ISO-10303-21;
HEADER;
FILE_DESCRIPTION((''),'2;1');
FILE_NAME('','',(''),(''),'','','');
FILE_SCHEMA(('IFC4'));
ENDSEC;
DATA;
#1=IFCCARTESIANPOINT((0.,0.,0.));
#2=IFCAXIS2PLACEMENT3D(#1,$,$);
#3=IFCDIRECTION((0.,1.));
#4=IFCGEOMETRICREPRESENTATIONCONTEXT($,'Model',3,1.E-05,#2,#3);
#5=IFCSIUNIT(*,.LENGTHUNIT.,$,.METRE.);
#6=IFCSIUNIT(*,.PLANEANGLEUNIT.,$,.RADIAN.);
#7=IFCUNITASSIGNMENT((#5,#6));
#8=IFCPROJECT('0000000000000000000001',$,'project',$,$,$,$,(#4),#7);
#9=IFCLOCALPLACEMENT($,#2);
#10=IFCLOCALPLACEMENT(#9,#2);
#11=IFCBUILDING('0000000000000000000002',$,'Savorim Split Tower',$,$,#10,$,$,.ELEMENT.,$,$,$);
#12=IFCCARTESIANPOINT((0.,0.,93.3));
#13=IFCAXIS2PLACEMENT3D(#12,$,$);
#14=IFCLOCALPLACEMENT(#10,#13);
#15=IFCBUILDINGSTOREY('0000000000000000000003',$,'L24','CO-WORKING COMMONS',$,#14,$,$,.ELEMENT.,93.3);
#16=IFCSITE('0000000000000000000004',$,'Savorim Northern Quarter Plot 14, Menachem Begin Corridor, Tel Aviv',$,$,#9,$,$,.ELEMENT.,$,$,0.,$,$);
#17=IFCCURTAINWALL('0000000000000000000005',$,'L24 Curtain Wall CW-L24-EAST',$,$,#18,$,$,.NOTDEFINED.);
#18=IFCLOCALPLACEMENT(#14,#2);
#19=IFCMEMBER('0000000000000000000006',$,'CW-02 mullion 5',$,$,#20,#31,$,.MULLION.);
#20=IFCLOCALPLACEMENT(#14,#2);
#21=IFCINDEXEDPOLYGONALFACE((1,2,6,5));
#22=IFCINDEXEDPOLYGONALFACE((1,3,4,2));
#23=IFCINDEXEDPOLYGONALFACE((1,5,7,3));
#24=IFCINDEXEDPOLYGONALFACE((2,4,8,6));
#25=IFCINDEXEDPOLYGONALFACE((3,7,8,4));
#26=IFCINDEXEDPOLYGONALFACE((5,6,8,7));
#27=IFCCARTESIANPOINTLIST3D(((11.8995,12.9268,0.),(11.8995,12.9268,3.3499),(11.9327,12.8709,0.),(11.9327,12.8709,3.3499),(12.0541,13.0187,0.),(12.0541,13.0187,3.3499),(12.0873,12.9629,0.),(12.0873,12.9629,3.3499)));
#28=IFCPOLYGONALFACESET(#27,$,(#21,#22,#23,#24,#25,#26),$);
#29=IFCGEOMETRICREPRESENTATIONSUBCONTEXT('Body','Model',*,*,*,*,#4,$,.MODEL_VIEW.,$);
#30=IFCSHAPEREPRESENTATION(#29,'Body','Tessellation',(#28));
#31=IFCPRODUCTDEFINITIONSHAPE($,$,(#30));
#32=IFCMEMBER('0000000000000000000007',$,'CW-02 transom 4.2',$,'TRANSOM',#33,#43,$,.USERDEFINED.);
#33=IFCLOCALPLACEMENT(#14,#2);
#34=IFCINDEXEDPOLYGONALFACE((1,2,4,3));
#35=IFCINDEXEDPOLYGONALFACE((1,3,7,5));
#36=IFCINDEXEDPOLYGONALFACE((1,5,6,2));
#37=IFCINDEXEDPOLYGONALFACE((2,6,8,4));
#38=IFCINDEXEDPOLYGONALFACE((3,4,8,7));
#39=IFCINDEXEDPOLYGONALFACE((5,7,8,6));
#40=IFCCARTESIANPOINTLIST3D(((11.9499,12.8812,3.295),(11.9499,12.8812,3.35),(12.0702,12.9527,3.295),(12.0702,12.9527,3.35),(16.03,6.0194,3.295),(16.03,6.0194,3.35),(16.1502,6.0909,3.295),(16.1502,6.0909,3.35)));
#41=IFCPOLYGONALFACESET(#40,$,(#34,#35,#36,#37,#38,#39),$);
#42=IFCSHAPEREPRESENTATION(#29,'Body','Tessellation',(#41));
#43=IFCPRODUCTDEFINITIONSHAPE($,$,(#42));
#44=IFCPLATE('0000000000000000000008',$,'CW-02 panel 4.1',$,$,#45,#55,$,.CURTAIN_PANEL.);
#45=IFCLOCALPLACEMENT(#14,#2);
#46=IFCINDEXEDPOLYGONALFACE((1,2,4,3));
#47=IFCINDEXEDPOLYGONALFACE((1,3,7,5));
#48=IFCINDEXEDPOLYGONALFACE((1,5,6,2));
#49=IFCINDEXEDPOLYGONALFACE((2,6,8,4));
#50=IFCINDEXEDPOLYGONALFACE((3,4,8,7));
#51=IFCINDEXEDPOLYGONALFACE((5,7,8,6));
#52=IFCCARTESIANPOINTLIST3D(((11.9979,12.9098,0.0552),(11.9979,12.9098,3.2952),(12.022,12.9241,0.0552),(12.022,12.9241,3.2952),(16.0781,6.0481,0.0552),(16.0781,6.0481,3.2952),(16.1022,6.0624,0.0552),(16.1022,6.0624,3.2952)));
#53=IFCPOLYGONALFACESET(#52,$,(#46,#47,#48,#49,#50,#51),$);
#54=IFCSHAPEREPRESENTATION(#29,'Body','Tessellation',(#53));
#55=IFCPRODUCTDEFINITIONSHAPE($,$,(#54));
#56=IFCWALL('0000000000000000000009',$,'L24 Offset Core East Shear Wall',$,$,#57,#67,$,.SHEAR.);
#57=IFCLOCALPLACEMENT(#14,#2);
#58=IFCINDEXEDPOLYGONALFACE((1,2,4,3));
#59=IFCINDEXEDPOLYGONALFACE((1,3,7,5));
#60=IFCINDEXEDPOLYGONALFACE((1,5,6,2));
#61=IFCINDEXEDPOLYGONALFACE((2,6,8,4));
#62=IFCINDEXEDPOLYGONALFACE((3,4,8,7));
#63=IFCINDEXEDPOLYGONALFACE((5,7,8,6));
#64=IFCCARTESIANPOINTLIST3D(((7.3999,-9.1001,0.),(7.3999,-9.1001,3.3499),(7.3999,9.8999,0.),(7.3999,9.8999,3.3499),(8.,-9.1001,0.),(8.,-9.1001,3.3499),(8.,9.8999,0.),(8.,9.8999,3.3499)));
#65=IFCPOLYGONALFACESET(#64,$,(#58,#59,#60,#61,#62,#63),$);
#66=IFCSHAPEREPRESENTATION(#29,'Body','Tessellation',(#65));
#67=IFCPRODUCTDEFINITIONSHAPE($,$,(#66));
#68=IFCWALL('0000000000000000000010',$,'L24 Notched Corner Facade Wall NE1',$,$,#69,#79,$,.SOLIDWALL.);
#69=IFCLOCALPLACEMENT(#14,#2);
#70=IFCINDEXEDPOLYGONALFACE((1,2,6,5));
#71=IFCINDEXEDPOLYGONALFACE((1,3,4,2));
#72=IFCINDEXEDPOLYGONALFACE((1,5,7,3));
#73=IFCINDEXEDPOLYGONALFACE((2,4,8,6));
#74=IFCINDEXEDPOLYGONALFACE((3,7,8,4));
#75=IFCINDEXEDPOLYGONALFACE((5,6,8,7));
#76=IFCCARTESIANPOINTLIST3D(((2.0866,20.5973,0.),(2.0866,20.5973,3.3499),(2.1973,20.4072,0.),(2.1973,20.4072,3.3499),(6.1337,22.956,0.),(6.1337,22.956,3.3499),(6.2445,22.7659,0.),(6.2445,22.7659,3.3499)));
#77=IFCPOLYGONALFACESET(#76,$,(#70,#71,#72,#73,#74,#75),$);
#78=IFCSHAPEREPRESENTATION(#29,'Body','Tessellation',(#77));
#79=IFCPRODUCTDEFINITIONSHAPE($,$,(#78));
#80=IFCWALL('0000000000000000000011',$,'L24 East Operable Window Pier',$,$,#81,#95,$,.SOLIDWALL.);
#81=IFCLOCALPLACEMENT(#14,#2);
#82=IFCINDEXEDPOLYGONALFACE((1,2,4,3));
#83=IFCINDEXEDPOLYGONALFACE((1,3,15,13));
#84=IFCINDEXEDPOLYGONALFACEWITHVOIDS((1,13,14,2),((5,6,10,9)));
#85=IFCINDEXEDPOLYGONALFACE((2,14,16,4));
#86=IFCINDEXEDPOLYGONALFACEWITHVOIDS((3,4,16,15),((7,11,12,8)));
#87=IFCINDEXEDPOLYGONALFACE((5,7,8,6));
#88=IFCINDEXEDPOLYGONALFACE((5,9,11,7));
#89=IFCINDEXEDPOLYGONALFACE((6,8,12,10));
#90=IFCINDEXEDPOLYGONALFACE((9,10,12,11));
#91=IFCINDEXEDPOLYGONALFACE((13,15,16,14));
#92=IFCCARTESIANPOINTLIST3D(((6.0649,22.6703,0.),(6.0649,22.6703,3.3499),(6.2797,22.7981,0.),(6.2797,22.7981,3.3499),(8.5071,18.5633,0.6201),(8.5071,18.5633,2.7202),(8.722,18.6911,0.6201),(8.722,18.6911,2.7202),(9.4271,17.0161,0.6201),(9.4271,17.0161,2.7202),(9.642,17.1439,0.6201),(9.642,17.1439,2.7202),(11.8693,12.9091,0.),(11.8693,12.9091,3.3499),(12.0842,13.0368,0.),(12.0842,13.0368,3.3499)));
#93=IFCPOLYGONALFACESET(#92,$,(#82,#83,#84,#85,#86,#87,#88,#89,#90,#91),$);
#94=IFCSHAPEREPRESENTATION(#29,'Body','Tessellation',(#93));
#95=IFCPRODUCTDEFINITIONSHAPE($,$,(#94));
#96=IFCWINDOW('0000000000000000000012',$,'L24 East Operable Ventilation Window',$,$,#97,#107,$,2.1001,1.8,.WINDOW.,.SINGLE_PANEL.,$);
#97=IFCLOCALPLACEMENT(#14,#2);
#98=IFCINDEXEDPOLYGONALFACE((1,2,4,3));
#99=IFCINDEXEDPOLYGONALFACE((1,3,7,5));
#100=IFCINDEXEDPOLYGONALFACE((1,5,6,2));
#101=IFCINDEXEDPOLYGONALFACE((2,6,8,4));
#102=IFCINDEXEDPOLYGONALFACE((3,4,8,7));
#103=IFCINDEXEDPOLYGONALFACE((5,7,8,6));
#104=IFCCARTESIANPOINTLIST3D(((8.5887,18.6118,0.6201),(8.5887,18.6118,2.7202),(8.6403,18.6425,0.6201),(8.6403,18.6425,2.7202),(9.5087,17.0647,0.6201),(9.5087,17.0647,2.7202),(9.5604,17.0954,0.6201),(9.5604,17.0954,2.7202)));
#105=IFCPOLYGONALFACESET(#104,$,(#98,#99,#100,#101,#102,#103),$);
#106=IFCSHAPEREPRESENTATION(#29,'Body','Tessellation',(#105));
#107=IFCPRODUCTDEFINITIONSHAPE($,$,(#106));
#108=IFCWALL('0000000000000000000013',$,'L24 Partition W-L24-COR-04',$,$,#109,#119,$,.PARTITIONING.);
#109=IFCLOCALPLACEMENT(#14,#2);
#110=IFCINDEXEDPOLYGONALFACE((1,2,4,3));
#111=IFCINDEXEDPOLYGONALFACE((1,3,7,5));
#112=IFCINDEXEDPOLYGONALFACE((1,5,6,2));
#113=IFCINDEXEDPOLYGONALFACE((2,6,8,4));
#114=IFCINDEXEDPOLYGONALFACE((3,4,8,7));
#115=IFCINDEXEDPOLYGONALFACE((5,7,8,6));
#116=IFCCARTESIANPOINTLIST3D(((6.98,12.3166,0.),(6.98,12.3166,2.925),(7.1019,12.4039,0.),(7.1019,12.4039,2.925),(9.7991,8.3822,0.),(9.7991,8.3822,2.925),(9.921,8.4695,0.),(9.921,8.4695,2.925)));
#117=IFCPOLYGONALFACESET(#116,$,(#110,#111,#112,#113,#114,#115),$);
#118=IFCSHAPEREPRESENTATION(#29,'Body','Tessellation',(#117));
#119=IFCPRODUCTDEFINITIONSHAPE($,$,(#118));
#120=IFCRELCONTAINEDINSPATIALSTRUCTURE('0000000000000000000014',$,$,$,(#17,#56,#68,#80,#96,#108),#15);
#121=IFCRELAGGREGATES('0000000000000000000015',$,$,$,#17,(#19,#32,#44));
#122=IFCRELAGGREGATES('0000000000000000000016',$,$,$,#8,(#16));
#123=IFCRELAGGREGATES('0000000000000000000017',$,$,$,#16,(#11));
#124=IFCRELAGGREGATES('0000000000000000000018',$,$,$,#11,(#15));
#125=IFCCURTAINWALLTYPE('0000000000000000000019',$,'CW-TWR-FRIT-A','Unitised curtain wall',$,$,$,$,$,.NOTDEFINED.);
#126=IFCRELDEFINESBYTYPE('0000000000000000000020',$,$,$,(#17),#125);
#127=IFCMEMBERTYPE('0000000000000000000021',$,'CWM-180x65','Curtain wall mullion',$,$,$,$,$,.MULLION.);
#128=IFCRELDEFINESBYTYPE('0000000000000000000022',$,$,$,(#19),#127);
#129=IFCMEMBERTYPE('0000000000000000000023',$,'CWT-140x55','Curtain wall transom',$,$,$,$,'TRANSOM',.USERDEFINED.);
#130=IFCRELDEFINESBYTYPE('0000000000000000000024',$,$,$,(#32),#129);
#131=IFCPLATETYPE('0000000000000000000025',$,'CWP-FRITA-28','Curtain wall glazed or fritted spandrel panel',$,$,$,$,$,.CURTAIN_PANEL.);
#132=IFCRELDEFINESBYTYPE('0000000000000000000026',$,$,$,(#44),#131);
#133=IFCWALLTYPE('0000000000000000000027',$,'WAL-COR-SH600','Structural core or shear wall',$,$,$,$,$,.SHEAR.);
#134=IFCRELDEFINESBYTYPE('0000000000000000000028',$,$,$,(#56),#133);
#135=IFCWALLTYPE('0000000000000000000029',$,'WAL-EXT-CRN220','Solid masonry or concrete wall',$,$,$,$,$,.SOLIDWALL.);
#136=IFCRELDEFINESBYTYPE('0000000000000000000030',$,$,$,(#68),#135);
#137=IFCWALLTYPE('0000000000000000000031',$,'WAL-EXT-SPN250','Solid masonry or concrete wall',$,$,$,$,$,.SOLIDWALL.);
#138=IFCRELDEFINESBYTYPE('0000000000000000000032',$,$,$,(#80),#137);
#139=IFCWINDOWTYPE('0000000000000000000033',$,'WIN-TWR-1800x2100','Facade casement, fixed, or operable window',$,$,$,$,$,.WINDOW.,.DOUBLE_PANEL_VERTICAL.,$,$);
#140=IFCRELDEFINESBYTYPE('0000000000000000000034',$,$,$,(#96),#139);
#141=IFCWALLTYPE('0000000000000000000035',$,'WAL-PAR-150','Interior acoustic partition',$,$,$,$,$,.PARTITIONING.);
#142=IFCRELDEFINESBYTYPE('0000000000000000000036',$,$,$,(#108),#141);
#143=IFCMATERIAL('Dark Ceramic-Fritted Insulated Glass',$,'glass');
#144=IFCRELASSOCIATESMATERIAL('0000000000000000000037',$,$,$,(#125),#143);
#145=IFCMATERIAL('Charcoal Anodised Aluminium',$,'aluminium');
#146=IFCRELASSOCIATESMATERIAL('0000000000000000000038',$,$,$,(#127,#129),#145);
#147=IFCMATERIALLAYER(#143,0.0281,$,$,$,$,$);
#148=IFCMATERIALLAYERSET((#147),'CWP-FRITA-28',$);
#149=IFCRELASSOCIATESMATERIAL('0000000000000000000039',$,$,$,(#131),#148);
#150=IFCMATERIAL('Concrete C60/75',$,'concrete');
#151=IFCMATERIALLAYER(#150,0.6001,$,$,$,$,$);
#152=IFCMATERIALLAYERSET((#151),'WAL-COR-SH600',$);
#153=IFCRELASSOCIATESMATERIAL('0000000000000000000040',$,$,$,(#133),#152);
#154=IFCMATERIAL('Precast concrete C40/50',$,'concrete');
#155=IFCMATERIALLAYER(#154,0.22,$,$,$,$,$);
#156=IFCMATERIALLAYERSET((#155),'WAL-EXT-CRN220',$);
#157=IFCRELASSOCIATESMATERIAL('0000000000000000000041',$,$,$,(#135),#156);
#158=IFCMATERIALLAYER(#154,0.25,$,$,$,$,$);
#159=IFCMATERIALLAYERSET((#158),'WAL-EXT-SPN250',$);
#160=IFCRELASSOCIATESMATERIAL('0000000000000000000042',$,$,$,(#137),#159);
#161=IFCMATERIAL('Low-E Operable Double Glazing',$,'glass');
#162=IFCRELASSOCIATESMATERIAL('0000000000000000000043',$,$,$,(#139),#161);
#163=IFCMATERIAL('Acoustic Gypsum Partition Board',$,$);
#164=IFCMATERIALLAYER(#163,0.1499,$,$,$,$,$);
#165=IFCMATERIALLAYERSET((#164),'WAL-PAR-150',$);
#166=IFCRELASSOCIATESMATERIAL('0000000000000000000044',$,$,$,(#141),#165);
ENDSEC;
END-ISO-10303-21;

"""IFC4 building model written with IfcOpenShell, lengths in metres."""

from ifc_helpers import new_model, si_unit, direction, frame, frame_2d, origin, origin_2d, place, context, subcontext, project, spatial, rectangle, extrude, material, layer, layer_set, material_profile, profile_set, type_object, element, fill, aggregate, save


model = new_model("IFC4")

# Units and contexts
model_context = context("Model", 3, precision=1e-05, world=origin(), true_north=direction((0.0, 1.0)))
body_context = subcontext(model_context, "Body", "Model", "MODEL_VIEW")
ifc_project = project(units=[si_unit("LENGTHUNIT", "METRE"), si_unit("PLANEANGLEUNIT", "RADIAN")], contexts=[model_context])

# Site, building, storey
site_placement = place(None, origin())
site = spatial("IfcSite", under=ifc_project, at=site_placement, Name="Savorim Northern Quarter Plot 14, Menachem Begin Corridor, Tel Aviv", CompositionType="ELEMENT", RefElevation=0.0)
building_placement = place(site_placement, origin())
building = spatial("IfcBuilding", under=site, at=building_placement, Name="Savorim Split Tower", CompositionType="ELEMENT")
storey_placement = place(building_placement, frame((0.0, 0.0, 93.3)))
storey = spatial("IfcBuildingStorey", under=building, at=storey_placement, Name="L24", Description="CO-WORKING COMMONS", CompositionType="ELEMENT", Elevation=93.3)

# Curtain wall, members, plate
ifc_material_1 = material(Name="Dark Ceramic-Fritted Insulated Glass", Category="glass")
curtain_wall_type = type_object("IfcCurtainWallType", Name="CW-TWR-FRIT-A", Description="Unitised curtain wall", PredefinedType="NOTDEFINED", material=ifc_material_1)
curtain_wall_placement = place(storey_placement, origin())
curtain_wall = element("IfcCurtainWall", 1, at=curtain_wall_placement, inside=storey, type_object=curtain_wall_type, Name="L24 Curtain Wall CW-L24-EAST", PredefinedType="NOTDEFINED")
ifc_material_2 = material(Name="Charcoal Anodised Aluminium", Category="aluminium")
ifc_material_profile_1 = material_profile(ifc_material_2, rectangle(XDim=0.1799, YDim=0.0649, at=origin_2d()), Name="ALU-M 180x65")
ifc_profile_set_1 = profile_set([ifc_material_profile_1], Name="Charcoal Anodised Aluminium")
member_type_1 = type_object("IfcMemberType", Name="CWM-180x65", Description="Curtain wall mullion", PredefinedType="MULLION", material=ifc_profile_set_1)
member_1_placement = place(storey_placement, frame((11.9934, 12.9448, 0.0), z_axis=(0.0, 0.0, 1.0), x_axis=(-0.859525, -0.511094, 0.0)))
member_1 = element("IfcMember", 2, at=member_1_placement, type_object=member_type_1, Name="CW-02 mullion 5", PredefinedType="MULLION", context=body_context, shape_type="SweptSolid", body=[
    extrude(rectangle(XDim=0.1799, YDim=0.0649, at=origin_2d()), origin(), (0.0, 0.0, 1.0), 3.3499),
])
ifc_material_profile_2 = material_profile(ifc_material_2, rectangle(XDim=0.1399, YDim=0.0549, at=origin_2d()), Name="ALU-T 140x55")
ifc_profile_set_2 = profile_set([ifc_material_profile_2], Name="Charcoal Anodised Aluminium")
member_type_2 = type_object("IfcMemberType", Name="CWT-140x55", Description="Curtain wall transom", ElementType="TRANSOM", PredefinedType="USERDEFINED", material=ifc_profile_set_2)
member_2_placement = place(storey_placement, frame((16.0901, 6.0552, 3.3225), z_axis=(-0.511083, 0.859532, 0.0), x_axis=(-0.859532, -0.511083, 0.0)))
member_2 = element("IfcMember", 3, at=member_2_placement, type_object=member_type_2, Name="CW-02 transom 4.2", ObjectType="TRANSOM", PredefinedType="USERDEFINED", context=body_context, shape_type="SweptSolid", body=[
    extrude(rectangle(XDim=0.1399, YDim=0.0549, at=origin_2d()), origin(), (0.0, 0.0, 1.0), 7.9832),
])
ifc_layer_1 = layer(ifc_material_1, 0.0281)
ifc_layer_set_1 = layer_set([ifc_layer_1], Name="CWP-FRITA-28")
plate_type = type_object("IfcPlateType", Name="CWP-FRITA-28", Description="Curtain wall glazed or fritted spandrel panel", PredefinedType="CURTAIN_PANEL", material=ifc_layer_set_1)
plate_placement = place(storey_placement, frame((14.05, 9.4861, 0.0552), z_axis=(0.0, 0.0, 1.0), x_axis=(-0.511094, 0.859525, 0.0)))
plate = element("IfcPlate", 4, at=plate_placement, type_object=plate_type, Name="CW-02 panel 4.1", PredefinedType="CURTAIN_PANEL", context=body_context, shape_type="SweptSolid", body=[
    extrude(rectangle(XDim=7.9832, YDim=0.0281, at=origin_2d()), origin(), (0.0, 0.0, 1.0), 3.24),
])
aggregate(curtain_wall, [member_1, member_2, plate])

# Shared definitions
ifc_material_3 = material(Name="Concrete C60/75", Category="concrete")
ifc_layer_2 = layer(ifc_material_3, 0.6001)
ifc_layer_set_2 = layer_set([ifc_layer_2], Name="WAL-COR-SH600")
wall_type_1 = type_object("IfcWallType", Name="WAL-COR-SH600", Description="Structural core or shear wall", PredefinedType="SHEAR", material=ifc_layer_set_2)

# Walls
wall_1_placement = place(storey_placement, frame((7.7, 9.8999, 0.0), z_axis=(0.0, 0.0, 1.0), x_axis=(0.0, -1.0, 0.0)))
element("IfcWall", 5, at=wall_1_placement, inside=storey, type_object=wall_type_1, Name="L24 Offset Core East Shear Wall", PredefinedType="SHEAR", context=body_context, shape_type="SweptSolid", body=[
    extrude(rectangle(XDim=19.0, YDim=0.6001, at=frame_2d((9.5, 0.0))), origin(), (0.0, 0.0, 1.0), 3.3499),
])
ifc_material_4 = material(Name="Precast concrete C40/50", Category="concrete")
ifc_layer_3 = layer(ifc_material_4, 0.22)
ifc_layer_set_3 = layer_set([ifc_layer_3], Name="WAL-EXT-CRN220")
wall_type_2 = type_object("IfcWallType", Name="WAL-EXT-CRN220", Description="Solid masonry or concrete wall", PredefinedType="SOLIDWALL", material=ifc_layer_set_3)
wall_2_placement = place(storey_placement, frame((2.1418, 20.5022, 0.0), z_axis=(0.0, 0.0, 1.0), x_axis=(0.863981, 0.503524, 0.0)))
element("IfcWall", 6, at=wall_2_placement, inside=storey, type_object=wall_type_2, Name="L24 Notched Corner Facade Wall NE1", PredefinedType="SOLIDWALL", context=body_context, shape_type="SweptSolid", body=[
    extrude(rectangle(XDim=4.6843, YDim=0.22, at=frame_2d((2.3423, 0.0))), origin(), (0.0, 0.0, 1.0), 3.3499),
])

# Wall, opening, window
ifc_layer_4 = layer(ifc_material_4, 0.25)
ifc_layer_set_4 = layer_set([ifc_layer_4], Name="WAL-EXT-SPN250")
wall_type_3 = type_object("IfcWallType", Name="WAL-EXT-SPN250", Description="Solid masonry or concrete wall", PredefinedType="SOLIDWALL", material=ifc_layer_set_4)
wall_3_placement = place(storey_placement, frame((6.1724, 22.7341, 0.0), z_axis=(0.0, 0.0, 1.0), x_axis=(0.511106, -0.859518, 0.0)))
wall_3 = element("IfcWall", 7, at=wall_3_placement, inside=storey, type_object=wall_type_3, Name="L24 East Operable Window Pier", PredefinedType="SOLIDWALL", context=body_context, shape_type="SweptSolid", body=[
    extrude(rectangle(XDim=11.3567, YDim=0.25, at=frame_2d((5.6782, 0.0))), origin(), (0.0, 0.0, 1.0), 3.3499),
])
opening_1_placement = place(wall_3_placement, frame((4.7783, 0.0, 0.6201)))
opening_1 = element("IfcOpeningElement", 8, at=opening_1_placement, cuts=wall_3, PredefinedType="OPENING", context=body_context, shape_type="SweptSolid", body=[
    extrude(rectangle(XDim=1.8, YDim=2.1001, at=frame_2d((0.8999, 1.05))), frame((0.0, 0.135, 0.0), z_axis=(0.0, -1.0, 0.0), x_axis=(1.0, 0.0, 0.0)), (0.0, 0.0, 1.0), 0.27),
])
ifc_material_5 = material(Name="Low-E Operable Double Glazing", Category="glass")
window_type = type_object("IfcWindowType", Name="WIN-TWR-1800x2100", Description="Facade casement, fixed, or operable window", PartitioningType="DOUBLE_PANEL_VERTICAL", PredefinedType="WINDOW", material=ifc_material_5)
window_placement = place(opening_1_placement, origin())
window = element("IfcWindow", 9, at=window_placement, inside=storey, type_object=window_type, Name="L24 East Operable Ventilation Window", OverallHeight=2.1001, OverallWidth=1.8, PartitioningType="SINGLE_PANEL", PredefinedType="WINDOW", context=body_context, shape_type="SweptSolid", body=[
    extrude(rectangle(XDim=1.8, YDim=2.1001, at=frame_2d((0.8999, 1.05))), frame((0.0, 0.03, 0.0), z_axis=(0.0, -1.0, 0.0), x_axis=(1.0, 0.0, 0.0)), (0.0, 0.0, 1.0), 0.0601),
])
fill(opening_1, window)

# Wall
ifc_material_6 = material(Name="Acoustic Gypsum Partition Board")
ifc_layer_5 = layer(ifc_material_6, 0.1499)
ifc_layer_set_5 = layer_set([ifc_layer_5], Name="WAL-PAR-150")
wall_type_4 = type_object("IfcWallType", Name="WAL-PAR-150", Description="Interior acoustic partition", PredefinedType="PARTITIONING", material=ifc_layer_set_5)
wall_4_placement = place(storey_placement, frame((7.041, 12.3601, 0.0), z_axis=(0.0, 0.0, 1.0), x_axis=(0.58245, -0.812867, 0.0)))
element("IfcWall", 10, at=wall_4_placement, inside=storey, type_object=wall_type_4, Name="L24 Partition W-L24-COR-04", PredefinedType="PARTITIONING", context=body_context, shape_type="SweptSolid", body=[
    extrude(rectangle(XDim=4.8401, YDim=0.1499, at=frame_2d((2.4199, 0.0))), origin(), (0.0, 0.0, 1.0), 2.925),
])

save(model, "model.ifc")
